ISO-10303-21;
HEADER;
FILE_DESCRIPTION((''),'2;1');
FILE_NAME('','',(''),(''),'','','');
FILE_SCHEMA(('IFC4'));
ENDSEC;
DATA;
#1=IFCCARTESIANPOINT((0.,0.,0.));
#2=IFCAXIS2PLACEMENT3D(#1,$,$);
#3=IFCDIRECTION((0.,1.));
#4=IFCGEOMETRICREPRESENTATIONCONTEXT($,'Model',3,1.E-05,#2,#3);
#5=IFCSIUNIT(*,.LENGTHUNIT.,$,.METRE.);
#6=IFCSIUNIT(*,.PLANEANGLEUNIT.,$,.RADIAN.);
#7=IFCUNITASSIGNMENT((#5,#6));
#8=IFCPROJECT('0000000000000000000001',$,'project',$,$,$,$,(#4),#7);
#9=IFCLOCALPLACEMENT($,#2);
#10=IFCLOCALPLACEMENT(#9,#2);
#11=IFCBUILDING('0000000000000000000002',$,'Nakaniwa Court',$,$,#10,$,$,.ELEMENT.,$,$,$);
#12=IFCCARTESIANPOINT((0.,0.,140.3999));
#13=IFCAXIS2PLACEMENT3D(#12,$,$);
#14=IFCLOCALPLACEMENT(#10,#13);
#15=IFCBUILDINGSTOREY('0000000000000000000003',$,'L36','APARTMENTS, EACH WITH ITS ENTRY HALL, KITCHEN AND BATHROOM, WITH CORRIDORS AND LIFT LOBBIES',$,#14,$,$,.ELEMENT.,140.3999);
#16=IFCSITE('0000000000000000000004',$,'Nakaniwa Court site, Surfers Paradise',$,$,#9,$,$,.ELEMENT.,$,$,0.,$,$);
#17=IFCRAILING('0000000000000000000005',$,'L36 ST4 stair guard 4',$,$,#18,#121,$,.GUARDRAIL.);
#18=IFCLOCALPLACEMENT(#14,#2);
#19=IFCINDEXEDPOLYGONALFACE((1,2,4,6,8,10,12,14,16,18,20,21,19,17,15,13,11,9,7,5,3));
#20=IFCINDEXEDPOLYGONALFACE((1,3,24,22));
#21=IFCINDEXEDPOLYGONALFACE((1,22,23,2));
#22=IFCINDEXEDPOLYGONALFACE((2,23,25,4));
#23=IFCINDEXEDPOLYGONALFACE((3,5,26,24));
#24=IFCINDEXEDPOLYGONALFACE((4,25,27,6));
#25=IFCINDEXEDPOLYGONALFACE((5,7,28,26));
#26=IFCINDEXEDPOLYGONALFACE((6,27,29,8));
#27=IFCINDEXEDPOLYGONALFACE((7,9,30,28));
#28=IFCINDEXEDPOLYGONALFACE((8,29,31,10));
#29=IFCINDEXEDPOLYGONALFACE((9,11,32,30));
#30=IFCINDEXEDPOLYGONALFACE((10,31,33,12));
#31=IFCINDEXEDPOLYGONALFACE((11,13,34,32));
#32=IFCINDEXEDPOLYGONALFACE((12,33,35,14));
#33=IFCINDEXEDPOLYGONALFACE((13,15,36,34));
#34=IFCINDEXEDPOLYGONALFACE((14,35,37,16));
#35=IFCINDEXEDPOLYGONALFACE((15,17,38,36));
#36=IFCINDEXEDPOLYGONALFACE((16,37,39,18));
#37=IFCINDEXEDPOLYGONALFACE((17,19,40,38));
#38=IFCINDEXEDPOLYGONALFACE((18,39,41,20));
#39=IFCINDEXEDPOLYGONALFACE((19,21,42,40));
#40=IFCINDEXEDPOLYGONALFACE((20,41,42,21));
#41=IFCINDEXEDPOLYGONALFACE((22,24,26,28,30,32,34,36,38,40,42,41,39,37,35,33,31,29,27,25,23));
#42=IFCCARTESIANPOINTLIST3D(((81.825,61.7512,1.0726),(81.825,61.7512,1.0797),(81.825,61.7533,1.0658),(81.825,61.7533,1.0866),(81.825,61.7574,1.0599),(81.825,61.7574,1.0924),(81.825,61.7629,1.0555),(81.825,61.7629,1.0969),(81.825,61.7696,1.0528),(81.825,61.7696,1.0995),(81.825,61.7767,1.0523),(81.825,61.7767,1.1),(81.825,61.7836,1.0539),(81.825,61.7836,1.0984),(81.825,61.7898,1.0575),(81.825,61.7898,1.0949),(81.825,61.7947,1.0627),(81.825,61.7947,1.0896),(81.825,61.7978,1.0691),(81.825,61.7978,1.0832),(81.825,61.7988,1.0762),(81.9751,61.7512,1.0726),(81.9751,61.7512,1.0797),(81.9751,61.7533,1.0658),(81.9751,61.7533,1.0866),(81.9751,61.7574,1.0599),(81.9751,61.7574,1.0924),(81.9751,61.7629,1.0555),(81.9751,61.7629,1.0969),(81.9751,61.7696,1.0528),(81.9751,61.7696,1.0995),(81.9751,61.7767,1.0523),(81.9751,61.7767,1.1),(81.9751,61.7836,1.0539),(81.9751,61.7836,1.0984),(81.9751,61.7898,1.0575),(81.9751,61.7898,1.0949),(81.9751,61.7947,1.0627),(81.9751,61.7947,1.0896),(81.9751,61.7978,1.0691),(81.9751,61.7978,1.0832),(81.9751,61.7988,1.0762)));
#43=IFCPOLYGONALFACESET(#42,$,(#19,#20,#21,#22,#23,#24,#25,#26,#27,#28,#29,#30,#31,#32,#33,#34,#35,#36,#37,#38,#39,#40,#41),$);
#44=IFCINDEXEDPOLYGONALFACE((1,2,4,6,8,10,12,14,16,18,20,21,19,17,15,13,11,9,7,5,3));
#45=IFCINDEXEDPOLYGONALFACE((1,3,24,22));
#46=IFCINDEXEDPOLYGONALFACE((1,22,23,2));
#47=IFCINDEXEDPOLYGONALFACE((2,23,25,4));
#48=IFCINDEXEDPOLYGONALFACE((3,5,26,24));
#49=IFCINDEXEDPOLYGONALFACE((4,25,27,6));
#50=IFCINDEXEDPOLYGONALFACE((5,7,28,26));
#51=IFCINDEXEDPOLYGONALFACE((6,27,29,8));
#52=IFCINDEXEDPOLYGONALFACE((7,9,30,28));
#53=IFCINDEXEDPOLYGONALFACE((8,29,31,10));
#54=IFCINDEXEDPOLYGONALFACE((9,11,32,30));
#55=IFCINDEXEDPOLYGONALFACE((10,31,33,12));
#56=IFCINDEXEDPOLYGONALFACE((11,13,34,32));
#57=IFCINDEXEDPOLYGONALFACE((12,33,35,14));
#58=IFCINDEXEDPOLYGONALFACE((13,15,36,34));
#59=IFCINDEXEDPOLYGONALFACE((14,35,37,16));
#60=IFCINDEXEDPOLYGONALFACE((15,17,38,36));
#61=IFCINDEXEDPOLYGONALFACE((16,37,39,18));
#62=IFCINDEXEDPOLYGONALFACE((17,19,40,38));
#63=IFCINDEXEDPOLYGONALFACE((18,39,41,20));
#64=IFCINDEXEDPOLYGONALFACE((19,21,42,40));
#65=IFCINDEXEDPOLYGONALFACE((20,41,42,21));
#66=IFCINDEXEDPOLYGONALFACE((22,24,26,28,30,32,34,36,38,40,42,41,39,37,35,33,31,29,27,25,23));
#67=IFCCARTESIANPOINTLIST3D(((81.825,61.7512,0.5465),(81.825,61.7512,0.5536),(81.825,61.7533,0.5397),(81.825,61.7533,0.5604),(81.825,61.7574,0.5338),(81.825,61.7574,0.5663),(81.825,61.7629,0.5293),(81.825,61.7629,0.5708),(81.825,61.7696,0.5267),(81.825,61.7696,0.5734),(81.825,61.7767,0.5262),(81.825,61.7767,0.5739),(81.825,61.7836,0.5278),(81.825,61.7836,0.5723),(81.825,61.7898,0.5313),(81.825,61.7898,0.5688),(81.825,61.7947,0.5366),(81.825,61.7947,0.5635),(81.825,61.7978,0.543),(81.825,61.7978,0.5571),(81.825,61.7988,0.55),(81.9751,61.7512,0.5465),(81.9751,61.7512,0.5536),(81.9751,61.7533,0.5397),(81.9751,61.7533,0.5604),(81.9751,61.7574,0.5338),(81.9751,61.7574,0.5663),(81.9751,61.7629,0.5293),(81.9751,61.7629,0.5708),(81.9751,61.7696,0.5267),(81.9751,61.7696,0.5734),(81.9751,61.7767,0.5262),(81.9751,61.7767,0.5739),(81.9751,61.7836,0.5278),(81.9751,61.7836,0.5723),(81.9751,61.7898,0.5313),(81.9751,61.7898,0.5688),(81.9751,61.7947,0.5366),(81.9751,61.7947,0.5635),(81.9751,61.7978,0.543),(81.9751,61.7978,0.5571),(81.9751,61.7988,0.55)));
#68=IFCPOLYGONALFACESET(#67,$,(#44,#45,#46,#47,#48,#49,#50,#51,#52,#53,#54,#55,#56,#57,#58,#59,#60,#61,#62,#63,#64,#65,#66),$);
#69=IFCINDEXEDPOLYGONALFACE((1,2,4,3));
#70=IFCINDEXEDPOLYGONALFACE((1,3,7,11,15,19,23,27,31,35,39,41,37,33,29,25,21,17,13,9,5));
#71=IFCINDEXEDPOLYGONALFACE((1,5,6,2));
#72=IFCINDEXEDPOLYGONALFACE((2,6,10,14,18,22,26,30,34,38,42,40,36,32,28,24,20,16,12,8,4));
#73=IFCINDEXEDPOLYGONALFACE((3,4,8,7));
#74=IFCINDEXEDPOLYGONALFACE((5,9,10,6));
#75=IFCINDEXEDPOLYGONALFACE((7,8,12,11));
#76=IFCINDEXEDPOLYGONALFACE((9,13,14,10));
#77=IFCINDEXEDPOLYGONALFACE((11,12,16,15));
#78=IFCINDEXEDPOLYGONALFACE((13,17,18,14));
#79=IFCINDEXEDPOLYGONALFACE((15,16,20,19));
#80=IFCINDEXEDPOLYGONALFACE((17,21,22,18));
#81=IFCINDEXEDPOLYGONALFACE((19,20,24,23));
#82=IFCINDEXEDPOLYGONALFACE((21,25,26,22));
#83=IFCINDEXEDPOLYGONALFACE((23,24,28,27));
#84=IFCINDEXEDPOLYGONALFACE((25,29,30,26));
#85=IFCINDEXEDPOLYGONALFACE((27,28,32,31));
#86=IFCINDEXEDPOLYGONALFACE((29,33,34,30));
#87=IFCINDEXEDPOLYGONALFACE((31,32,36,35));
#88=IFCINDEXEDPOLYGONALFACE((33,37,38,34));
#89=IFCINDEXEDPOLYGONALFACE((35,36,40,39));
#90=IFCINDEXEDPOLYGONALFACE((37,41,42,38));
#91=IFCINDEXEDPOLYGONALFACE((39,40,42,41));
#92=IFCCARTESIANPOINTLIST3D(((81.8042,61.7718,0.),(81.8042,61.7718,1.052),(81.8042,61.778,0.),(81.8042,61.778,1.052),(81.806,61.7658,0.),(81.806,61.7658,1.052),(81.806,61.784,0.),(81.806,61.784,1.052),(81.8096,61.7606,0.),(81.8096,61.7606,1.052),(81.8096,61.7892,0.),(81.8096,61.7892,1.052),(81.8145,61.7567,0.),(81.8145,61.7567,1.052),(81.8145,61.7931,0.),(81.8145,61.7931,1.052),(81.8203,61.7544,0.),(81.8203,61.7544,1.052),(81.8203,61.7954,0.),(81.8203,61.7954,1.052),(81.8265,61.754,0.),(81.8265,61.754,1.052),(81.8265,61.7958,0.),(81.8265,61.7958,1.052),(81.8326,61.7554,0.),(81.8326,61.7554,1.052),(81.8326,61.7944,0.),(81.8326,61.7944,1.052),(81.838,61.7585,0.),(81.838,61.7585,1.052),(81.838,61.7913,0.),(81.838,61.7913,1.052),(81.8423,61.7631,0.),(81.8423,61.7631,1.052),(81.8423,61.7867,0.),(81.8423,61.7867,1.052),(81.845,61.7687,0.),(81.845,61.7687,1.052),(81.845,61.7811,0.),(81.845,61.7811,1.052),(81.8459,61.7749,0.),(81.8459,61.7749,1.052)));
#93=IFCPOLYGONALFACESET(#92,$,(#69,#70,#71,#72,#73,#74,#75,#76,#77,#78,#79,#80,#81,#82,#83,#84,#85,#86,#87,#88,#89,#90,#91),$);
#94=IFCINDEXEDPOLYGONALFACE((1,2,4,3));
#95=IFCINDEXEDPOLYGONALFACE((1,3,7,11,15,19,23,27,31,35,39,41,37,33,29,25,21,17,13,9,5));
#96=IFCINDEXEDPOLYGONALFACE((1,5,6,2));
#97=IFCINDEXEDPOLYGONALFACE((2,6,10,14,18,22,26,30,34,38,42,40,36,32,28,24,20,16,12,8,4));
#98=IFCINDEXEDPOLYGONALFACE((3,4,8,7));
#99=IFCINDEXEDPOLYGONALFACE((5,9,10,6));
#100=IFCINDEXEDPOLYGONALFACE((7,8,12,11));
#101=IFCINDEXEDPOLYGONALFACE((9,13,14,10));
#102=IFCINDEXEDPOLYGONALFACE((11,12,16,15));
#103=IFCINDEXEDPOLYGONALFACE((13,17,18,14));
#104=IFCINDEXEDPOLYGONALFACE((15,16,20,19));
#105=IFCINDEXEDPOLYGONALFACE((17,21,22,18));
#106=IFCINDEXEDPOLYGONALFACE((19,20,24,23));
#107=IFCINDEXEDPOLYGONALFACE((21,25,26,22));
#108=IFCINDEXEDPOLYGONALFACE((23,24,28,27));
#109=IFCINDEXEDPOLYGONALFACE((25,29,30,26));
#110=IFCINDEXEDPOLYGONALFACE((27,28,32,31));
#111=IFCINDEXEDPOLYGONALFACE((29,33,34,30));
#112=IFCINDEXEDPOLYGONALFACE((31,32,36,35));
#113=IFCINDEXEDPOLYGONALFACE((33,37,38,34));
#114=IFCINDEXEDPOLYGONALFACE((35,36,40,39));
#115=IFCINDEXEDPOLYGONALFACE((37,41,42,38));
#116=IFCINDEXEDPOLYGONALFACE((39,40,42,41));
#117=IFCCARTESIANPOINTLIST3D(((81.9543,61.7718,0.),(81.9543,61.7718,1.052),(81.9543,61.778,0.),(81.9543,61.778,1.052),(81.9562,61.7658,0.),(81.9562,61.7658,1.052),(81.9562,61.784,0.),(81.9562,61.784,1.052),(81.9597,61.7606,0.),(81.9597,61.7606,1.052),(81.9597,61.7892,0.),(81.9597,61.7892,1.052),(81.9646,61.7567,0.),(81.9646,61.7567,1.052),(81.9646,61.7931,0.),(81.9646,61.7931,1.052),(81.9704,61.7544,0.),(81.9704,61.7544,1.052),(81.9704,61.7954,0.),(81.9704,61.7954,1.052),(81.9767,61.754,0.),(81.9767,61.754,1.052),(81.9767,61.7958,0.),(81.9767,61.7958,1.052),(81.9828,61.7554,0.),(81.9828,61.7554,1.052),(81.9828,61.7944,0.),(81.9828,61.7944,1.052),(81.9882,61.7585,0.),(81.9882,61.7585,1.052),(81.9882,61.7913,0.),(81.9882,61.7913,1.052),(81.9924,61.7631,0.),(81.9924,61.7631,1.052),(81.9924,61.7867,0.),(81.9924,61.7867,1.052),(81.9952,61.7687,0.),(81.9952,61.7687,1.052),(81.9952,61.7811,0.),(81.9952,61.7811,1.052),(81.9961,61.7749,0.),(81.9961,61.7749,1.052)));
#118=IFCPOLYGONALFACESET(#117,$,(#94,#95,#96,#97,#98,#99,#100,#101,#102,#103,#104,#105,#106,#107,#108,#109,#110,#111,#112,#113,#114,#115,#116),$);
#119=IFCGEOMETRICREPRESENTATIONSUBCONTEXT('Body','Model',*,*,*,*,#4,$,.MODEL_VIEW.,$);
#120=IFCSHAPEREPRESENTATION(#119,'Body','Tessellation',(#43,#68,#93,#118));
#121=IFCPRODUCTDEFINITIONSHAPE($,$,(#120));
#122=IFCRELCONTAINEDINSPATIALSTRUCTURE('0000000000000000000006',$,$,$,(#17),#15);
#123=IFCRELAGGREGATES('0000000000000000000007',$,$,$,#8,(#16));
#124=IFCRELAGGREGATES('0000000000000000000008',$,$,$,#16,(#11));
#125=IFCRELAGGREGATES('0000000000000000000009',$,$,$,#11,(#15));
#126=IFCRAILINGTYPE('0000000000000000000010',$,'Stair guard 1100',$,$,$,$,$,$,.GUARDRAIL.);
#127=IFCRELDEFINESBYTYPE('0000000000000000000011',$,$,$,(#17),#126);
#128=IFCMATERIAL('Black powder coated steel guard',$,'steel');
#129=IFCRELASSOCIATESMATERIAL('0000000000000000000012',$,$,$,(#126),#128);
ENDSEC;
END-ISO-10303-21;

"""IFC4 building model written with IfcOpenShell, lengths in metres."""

from ifc_helpers import new_model, si_unit, direction, frame, origin, origin_2d, place, context, subcontext, project, spatial, circle, extrude, material, type_object, element, save


model = new_model("IFC4")

# Units and contexts
model_context = context("Model", 3, precision=1e-05, world=origin(), true_north=direction((0.0, 1.0)))
body_context = subcontext(model_context, "Body", "Model", "MODEL_VIEW")
ifc_project = project(units=[si_unit("LENGTHUNIT", "METRE"), si_unit("PLANEANGLEUNIT", "RADIAN")], contexts=[model_context])

# Site, building, storey
site_placement = place(None, origin())
site = spatial("IfcSite", under=ifc_project, at=site_placement, Name="Nakaniwa Court site, Surfers Paradise", CompositionType="ELEMENT", RefElevation=0.0)
building_placement = place(site_placement, origin())
building = spatial("IfcBuilding", under=site, at=building_placement, Name="Nakaniwa Court", CompositionType="ELEMENT")
storey_placement = place(building_placement, frame((0.0, 0.0, 140.3999)))
storey = spatial("IfcBuildingStorey", under=building, at=storey_placement, Name="L36", Description="APARTMENTS, EACH WITH ITS ENTRY HALL, KITCHEN AND BATHROOM, WITH CORRIDORS AND LIFT LOBBIES", CompositionType="ELEMENT", Elevation=140.3999)

# Railing
ifc_material_1 = material(Name="Black powder coated steel guard", Category="steel")
railing_type_1 = type_object("IfcRailingType", Name="Stair guard 1100", PredefinedType="GUARDRAIL", material=ifc_material_1)
railing_1_placement = place(storey_placement, frame((81.825, 61.7749, 0.0)))
element("IfcRailing", 1, at=railing_1_placement, inside=storey, type_object=railing_type_1, Name="L36 ST4 stair guard 4", PredefinedType="GUARDRAIL", context=body_context, shape_type="SweptSolid", body=[
    extrude(circle(Radius=0.0239, at=origin_2d()), frame((0.0, 0.0, 1.0762), z_axis=(1.0, 0.0, 0.0), x_axis=(0.0, 1.0, 0.0)), (0.0, 0.0, 1.0), 0.1501),
    extrude(circle(Radius=0.0239, at=origin_2d()), frame((0.0, 0.0, 0.55), z_axis=(1.0, 0.0, 0.0), x_axis=(0.0, 1.0, 0.0)), (0.0, 0.0, 1.0), 0.1501),
    extrude(circle(Radius=0.021, at=origin_2d()), origin(), (0.0, 0.0, 1.0), 1.052),
    extrude(circle(Radius=0.021, at=origin_2d()), frame((0.1501, 0.0, 0.0)), (0.0, 0.0, 1.0), 1.052),
])

save(model, "model.ifc")
